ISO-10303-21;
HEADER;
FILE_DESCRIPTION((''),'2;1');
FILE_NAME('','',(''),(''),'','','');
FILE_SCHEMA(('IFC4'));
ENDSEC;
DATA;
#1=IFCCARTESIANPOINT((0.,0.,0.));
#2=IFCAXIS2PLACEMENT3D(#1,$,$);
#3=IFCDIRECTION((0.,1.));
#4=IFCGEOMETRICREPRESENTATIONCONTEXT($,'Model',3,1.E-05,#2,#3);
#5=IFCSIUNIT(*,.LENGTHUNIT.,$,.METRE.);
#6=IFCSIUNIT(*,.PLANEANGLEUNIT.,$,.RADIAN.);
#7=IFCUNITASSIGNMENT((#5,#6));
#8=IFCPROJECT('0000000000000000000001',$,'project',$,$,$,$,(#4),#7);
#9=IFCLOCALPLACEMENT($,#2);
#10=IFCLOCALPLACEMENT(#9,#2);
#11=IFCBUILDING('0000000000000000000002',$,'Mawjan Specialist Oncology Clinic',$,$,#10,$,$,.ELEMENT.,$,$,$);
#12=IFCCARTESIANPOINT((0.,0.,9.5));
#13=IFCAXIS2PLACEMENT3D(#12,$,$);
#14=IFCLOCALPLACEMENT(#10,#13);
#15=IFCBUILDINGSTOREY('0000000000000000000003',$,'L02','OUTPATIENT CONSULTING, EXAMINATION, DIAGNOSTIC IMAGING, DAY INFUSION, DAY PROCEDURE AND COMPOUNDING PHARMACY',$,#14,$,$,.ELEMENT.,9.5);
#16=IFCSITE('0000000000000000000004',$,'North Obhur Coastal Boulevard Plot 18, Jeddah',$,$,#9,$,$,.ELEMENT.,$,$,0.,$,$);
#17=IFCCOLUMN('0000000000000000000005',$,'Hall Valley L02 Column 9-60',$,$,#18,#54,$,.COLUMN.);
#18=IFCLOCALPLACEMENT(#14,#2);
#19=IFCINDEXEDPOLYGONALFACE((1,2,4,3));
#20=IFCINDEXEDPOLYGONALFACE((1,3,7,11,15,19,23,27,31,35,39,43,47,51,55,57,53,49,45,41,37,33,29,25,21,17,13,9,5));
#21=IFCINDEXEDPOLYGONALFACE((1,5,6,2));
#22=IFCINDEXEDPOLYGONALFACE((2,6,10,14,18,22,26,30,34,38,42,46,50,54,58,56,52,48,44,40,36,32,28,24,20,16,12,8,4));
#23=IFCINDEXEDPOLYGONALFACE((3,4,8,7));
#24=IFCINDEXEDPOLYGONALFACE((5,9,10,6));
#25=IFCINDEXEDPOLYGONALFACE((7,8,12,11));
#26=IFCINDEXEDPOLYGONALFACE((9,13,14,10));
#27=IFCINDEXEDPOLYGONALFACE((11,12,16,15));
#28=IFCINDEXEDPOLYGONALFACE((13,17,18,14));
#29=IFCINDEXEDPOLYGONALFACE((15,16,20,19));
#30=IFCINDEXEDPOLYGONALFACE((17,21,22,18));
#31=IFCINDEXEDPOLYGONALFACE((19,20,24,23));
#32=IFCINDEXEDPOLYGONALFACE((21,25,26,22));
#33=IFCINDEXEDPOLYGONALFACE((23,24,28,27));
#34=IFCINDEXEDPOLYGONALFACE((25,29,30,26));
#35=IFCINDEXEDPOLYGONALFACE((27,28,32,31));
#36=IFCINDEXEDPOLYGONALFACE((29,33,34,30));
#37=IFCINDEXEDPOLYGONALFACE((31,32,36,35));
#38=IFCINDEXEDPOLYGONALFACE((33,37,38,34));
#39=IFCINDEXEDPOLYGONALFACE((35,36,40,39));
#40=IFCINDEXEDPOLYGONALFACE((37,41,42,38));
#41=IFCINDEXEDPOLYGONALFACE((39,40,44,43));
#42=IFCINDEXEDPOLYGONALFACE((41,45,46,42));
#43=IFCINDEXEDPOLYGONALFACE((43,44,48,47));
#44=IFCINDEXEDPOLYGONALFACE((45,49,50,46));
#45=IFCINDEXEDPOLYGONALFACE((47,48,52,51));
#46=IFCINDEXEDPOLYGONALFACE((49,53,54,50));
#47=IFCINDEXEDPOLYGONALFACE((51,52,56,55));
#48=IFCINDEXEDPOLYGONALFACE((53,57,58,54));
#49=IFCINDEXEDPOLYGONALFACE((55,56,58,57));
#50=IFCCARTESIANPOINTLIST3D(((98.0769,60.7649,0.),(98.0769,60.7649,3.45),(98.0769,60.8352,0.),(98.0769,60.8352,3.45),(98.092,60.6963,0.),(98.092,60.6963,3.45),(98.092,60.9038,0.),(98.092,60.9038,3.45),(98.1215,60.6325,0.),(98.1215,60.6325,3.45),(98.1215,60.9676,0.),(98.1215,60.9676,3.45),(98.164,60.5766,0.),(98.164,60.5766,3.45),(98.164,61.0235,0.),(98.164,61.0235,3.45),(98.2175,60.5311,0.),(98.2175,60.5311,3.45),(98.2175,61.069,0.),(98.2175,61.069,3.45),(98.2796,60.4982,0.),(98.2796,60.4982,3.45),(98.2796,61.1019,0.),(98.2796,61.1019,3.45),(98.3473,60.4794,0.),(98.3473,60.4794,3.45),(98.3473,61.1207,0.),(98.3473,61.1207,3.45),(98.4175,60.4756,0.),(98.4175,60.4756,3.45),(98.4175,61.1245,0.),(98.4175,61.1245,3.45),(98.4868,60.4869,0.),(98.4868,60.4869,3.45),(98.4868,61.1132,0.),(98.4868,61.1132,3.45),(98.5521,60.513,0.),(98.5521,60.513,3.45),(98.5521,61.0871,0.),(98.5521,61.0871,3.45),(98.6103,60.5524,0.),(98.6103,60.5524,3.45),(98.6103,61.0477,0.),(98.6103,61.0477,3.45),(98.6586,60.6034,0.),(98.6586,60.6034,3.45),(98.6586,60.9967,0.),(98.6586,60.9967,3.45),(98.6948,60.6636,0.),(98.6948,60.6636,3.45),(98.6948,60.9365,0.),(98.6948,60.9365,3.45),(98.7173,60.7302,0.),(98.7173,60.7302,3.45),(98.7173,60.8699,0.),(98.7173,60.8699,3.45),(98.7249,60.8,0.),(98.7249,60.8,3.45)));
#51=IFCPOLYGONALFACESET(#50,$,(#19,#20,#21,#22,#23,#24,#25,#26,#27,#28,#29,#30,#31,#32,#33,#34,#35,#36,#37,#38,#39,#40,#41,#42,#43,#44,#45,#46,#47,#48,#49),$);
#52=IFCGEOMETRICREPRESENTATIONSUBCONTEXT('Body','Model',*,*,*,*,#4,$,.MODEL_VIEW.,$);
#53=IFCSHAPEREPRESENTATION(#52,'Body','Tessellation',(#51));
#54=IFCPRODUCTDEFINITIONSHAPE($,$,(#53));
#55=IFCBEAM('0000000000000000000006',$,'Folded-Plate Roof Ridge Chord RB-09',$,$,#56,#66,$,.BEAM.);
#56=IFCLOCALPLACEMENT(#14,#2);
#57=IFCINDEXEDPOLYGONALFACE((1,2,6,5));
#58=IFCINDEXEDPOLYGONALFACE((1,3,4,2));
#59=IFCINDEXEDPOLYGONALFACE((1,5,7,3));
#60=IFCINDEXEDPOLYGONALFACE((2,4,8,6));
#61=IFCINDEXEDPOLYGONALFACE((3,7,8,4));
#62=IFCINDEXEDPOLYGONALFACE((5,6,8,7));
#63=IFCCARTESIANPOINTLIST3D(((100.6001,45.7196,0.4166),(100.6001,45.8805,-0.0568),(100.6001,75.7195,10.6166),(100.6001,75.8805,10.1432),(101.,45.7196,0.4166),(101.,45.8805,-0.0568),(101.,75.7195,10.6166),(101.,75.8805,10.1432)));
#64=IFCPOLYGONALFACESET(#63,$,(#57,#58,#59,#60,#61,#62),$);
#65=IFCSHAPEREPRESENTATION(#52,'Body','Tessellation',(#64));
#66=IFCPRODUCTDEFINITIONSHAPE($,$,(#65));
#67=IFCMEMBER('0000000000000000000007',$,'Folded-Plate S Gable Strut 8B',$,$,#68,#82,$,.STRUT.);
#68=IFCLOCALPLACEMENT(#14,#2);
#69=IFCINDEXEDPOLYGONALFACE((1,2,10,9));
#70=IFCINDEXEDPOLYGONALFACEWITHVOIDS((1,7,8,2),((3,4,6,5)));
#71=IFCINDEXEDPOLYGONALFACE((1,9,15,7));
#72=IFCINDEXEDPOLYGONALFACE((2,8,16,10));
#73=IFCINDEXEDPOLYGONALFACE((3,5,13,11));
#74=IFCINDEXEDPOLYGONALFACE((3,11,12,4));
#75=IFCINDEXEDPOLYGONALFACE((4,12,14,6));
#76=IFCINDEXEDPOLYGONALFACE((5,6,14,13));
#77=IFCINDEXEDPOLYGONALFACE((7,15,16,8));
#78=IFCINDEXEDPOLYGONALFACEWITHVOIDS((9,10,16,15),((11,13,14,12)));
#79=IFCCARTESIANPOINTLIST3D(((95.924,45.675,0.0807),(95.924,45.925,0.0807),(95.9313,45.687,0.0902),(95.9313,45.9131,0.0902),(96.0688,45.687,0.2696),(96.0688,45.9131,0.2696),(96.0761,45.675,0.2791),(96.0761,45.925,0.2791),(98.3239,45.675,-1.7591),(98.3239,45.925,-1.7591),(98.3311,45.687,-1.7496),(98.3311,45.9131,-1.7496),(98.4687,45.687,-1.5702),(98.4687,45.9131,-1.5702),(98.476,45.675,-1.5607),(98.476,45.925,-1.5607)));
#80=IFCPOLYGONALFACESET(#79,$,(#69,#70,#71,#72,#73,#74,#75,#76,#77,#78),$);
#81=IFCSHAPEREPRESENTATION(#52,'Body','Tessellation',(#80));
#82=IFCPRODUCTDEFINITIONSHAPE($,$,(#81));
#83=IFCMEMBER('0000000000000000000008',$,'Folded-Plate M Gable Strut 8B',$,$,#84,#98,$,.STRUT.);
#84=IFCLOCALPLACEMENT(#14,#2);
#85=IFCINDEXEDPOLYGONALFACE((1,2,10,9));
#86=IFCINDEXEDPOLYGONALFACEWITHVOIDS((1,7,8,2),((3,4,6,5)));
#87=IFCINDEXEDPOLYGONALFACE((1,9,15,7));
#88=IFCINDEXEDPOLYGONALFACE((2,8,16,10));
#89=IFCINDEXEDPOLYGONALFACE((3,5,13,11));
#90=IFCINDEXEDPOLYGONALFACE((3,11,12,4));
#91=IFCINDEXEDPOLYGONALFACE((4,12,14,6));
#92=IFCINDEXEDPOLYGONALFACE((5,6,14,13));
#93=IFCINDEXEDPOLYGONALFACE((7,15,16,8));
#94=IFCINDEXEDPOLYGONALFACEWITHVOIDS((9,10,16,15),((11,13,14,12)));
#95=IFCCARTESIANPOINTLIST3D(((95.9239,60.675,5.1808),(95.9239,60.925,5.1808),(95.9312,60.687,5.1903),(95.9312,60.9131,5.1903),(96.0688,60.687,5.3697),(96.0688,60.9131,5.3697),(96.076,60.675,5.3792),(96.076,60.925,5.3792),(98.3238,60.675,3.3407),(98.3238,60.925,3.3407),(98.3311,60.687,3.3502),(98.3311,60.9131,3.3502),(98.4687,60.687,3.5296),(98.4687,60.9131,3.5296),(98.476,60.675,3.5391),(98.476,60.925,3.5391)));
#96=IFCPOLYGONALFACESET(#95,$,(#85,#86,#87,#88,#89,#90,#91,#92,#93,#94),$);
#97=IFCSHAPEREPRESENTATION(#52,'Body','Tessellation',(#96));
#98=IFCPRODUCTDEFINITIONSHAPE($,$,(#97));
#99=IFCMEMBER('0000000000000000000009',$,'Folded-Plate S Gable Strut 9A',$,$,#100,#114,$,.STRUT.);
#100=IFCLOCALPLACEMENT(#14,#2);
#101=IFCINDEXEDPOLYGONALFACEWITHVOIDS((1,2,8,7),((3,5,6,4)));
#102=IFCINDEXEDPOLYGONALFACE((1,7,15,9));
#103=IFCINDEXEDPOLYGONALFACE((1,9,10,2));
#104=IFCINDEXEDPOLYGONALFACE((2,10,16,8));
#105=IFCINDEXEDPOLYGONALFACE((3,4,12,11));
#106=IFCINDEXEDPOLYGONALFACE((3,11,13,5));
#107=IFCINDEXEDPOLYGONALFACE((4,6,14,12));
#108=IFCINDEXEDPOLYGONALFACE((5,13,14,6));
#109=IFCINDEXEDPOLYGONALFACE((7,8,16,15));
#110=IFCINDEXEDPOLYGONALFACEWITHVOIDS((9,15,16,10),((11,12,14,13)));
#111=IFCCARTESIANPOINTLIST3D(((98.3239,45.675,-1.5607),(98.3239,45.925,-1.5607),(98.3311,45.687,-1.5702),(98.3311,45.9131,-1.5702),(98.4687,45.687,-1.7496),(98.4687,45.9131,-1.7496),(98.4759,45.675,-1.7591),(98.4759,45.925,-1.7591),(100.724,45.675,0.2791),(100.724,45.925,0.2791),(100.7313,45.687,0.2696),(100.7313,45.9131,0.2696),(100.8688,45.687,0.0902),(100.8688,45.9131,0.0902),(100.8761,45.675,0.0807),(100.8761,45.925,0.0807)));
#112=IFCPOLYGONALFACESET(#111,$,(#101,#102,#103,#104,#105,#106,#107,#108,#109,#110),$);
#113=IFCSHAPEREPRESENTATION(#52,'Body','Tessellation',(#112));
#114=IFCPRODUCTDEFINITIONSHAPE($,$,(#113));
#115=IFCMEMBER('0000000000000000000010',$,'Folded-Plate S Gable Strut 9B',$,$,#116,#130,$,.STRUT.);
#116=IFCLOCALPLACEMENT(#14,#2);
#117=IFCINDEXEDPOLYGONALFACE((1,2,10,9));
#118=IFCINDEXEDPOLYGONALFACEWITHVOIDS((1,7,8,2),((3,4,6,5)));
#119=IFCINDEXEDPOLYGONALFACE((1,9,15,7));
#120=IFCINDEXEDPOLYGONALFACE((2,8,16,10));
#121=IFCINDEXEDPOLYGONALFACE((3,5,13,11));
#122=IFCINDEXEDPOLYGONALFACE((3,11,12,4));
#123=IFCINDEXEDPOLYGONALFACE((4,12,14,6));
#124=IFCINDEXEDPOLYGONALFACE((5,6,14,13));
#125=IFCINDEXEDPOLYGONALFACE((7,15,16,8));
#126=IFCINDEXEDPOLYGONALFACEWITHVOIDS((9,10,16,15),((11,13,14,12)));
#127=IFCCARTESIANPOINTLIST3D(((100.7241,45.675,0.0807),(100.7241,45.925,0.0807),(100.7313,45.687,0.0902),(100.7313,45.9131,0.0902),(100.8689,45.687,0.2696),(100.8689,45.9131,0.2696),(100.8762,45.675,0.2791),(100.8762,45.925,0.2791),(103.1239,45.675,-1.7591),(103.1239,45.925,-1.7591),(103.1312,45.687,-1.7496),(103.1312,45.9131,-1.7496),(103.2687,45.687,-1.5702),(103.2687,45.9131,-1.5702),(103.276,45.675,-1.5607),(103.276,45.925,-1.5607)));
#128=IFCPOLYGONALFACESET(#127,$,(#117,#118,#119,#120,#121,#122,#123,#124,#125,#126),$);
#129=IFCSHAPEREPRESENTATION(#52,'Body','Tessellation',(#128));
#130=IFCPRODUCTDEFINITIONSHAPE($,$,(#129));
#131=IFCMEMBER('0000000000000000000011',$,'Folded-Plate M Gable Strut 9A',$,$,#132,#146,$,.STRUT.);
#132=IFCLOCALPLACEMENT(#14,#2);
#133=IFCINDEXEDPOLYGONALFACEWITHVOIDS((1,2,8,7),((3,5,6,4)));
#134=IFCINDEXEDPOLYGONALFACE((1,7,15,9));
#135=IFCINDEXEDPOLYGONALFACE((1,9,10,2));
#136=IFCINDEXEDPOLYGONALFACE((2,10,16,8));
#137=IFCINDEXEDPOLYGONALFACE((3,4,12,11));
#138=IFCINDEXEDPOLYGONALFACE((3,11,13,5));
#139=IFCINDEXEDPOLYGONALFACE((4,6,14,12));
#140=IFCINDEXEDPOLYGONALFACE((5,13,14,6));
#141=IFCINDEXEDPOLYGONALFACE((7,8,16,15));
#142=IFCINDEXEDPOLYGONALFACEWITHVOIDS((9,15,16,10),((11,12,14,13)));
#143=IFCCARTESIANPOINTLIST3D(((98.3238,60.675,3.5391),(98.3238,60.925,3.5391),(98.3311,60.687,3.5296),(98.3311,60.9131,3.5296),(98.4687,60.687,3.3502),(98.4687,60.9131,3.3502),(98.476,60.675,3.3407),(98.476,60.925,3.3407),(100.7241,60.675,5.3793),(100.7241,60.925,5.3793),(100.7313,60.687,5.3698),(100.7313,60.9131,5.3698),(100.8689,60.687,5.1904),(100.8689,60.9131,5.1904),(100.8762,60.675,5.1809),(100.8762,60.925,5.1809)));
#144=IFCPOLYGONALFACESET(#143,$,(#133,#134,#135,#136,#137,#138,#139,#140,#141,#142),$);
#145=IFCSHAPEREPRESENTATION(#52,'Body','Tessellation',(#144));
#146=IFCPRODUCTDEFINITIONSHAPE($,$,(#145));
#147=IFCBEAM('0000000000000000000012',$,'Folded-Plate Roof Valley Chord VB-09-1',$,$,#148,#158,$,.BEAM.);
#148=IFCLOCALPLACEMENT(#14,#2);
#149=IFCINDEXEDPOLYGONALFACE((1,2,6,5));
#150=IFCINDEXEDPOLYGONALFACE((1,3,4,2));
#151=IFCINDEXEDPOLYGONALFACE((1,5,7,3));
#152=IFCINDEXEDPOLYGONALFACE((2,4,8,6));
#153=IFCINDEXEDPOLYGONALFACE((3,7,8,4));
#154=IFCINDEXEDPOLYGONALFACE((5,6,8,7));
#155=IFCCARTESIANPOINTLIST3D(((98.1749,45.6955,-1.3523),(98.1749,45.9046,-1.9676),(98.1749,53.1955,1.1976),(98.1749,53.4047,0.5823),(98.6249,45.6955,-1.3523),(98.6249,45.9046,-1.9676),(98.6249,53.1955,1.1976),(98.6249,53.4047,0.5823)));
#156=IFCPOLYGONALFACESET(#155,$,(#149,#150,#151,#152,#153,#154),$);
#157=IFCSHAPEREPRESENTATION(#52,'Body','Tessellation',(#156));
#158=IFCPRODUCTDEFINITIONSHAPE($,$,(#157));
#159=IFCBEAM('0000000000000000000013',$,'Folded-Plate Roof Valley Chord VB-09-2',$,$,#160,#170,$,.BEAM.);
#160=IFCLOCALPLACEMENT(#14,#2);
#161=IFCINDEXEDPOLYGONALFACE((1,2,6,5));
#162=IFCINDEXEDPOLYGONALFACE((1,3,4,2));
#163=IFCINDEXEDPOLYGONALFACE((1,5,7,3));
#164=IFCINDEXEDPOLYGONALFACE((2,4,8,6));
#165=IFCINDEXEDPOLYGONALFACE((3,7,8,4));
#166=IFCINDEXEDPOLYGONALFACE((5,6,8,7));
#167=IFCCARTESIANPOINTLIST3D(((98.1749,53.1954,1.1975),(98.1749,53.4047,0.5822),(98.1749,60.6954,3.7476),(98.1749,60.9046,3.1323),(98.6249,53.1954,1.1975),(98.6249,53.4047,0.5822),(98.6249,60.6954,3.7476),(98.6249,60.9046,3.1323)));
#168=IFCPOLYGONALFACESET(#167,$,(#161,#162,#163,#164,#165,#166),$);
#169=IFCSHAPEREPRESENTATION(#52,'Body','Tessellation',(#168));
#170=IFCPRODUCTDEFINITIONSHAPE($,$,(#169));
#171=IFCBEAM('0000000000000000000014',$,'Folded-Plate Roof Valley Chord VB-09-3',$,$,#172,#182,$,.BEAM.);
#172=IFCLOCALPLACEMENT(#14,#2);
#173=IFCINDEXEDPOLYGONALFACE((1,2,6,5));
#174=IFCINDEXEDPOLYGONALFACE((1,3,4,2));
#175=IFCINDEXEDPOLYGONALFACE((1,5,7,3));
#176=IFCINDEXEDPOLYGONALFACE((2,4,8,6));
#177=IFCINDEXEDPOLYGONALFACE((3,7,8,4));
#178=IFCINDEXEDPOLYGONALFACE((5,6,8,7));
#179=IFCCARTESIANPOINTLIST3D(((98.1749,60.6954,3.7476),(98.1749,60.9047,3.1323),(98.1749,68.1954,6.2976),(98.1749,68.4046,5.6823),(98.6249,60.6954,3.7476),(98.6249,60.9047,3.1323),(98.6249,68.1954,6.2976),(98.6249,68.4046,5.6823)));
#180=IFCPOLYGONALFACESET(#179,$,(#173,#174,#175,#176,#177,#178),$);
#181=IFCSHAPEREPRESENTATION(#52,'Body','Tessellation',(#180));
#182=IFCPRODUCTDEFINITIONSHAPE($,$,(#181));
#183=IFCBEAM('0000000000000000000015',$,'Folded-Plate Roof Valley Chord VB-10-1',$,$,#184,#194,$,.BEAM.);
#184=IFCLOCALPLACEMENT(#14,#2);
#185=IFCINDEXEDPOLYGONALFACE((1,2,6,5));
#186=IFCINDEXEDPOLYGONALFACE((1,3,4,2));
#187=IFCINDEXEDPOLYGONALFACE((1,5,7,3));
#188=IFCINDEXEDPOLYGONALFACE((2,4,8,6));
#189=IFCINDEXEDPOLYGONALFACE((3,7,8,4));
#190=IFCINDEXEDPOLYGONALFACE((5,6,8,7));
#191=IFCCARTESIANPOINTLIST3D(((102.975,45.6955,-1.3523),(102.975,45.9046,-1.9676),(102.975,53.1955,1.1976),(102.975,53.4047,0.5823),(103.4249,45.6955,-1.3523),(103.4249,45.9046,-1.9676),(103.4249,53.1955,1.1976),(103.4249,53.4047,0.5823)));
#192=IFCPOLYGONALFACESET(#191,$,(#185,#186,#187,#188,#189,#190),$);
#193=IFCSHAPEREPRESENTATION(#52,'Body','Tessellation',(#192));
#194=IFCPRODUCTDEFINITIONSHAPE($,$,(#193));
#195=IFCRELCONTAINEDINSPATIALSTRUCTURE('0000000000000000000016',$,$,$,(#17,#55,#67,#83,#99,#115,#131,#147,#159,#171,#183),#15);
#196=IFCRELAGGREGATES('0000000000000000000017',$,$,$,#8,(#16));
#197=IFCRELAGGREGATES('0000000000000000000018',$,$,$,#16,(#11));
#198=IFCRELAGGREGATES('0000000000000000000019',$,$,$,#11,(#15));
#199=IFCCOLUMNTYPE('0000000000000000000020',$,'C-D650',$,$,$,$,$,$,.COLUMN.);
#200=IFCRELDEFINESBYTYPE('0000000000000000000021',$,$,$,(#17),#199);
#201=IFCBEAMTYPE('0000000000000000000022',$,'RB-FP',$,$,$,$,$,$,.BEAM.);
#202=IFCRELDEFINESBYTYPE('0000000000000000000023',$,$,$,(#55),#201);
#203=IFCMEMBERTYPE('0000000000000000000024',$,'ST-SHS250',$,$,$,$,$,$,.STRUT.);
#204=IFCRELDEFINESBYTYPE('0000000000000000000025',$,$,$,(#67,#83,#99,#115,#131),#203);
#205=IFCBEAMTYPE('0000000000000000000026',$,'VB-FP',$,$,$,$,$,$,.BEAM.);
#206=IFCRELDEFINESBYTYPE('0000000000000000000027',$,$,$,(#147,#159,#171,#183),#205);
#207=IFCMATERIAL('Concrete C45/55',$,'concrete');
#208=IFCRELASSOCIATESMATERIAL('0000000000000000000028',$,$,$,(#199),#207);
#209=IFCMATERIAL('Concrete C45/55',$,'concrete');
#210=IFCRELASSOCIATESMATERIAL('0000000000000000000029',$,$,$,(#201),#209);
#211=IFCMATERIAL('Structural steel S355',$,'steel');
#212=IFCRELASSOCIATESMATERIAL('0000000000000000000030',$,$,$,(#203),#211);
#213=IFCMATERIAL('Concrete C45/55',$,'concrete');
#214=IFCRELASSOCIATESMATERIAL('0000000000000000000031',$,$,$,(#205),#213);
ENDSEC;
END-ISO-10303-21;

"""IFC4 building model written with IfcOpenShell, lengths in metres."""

from ifc_helpers import new_model, si_unit, direction, frame, origin, origin_2d, place, context, subcontext, project, spatial, rectangle, hollow_rectangle, circle, extrude, material, material_profile, profile_set, type_object, element, save


model = new_model("IFC4")

# Units and contexts
model_context = context("Model", 3, precision=1e-05, world=origin(), true_north=direction((0.0, 1.0)))
body_context = subcontext(model_context, "Body", "Model", "MODEL_VIEW")
ifc_project = project(units=[si_unit("LENGTHUNIT", "METRE"), si_unit("PLANEANGLEUNIT", "RADIAN")], contexts=[model_context])

# Site, building, storey
site_placement = place(None, origin())
site = spatial("IfcSite", under=ifc_project, at=site_placement, Name="North Obhur Coastal Boulevard Plot 18, Jeddah", CompositionType="ELEMENT", RefElevation=0.0)
building_placement = place(site_placement, origin())
building = spatial("IfcBuilding", under=site, at=building_placement, Name="Mawjan Specialist Oncology Clinic", CompositionType="ELEMENT")
storey_placement = place(building_placement, frame((0.0, 0.0, 9.5)))
storey = spatial("IfcBuildingStorey", under=building, at=storey_placement, Name="L02", Description="OUTPATIENT CONSULTING, EXAMINATION, DIAGNOSTIC IMAGING, DAY INFUSION, DAY PROCEDURE AND COMPOUNDING PHARMACY", CompositionType="ELEMENT", Elevation=9.5)

# Column
ifc_material_1 = material(Name="Concrete C45/55", Category="concrete")
ifc_material_profile_1 = material_profile(ifc_material_1, circle(Radius=0.325, at=origin_2d()), Name="RC COL D650", Category="concrete")
ifc_profile_set_1 = profile_set([ifc_material_profile_1], Name="Concrete C45/55")
column_type = type_object("IfcColumnType", Name="C-D650", PredefinedType="COLUMN", material=ifc_profile_set_1)
column_placement = place(storey_placement, frame((98.3999, 60.8, 0.0), z_axis=(0.0, 0.0, 1.0), x_axis=(1.0, 0.0, 0.0)))
element("IfcColumn", 1, at=column_placement, inside=storey, type_object=column_type, Name="Hall Valley L02 Column 9-60", PredefinedType="COLUMN", context=body_context, shape_type="SweptSolid", body=[
    extrude(circle(Radius=0.325, at=origin_2d()), origin(), (0.0, 0.0, 1.0), 3.45),
])

# Beam
ifc_material_2 = material(Name="Concrete C45/55", Category="concrete")
ifc_material_profile_2 = material_profile(ifc_material_2, rectangle(XDim=0.3999, YDim=0.5, at=origin_2d()), Name="RC CHORD 400x500", Category="concrete")
ifc_profile_set_2 = profile_set([ifc_material_profile_2], Name="Concrete C45/55")
beam_type_1 = type_object("IfcBeamType", Name="RB-FP", PredefinedType="BEAM", material=ifc_profile_set_2)
beam_placement = place(storey_placement, frame((100.8, 45.8, 0.1799), z_axis=(0.0, 0.946773, 0.321901), x_axis=(-1.0, 0.0, 0.0)))
element("IfcBeam", 2, at=beam_placement, inside=storey, type_object=beam_type_1, Name="Folded-Plate Roof Ridge Chord RB-09", PredefinedType="BEAM", context=body_context, shape_type="SweptSolid", body=[
    extrude(rectangle(XDim=0.3999, YDim=0.5, at=origin_2d()), origin(), (0.0, 0.0, 1.0), 31.6865),
])

# Members
ifc_material_3 = material(Name="Structural steel S355", Category="steel")
ifc_material_profile_3 = material_profile(ifc_material_3, hollow_rectangle(XDim=0.25, YDim=0.25, WallThickness=0.012, at=origin_2d()), Name="SHS 250x250x12", Category="steel")
ifc_profile_set_3 = profile_set([ifc_material_profile_3], Name="Structural steel S355")
member_type = type_object("IfcMemberType", Name="ST-SHS250", PredefinedType="STRUT", material=ifc_profile_set_3)
member_1_placement = place(storey_placement, frame((98.3999, 45.8, -1.6599), z_axis=(-0.793619, 0.0, 0.608415), x_axis=(0.0, -1.0, 0.0)))
element("IfcMember", 3, at=member_1_placement, inside=storey, type_object=member_type, Name="Folded-Plate S Gable Strut 8B", PredefinedType="STRUT", context=body_context, shape_type="SweptSolid", body=[
    extrude(hollow_rectangle(XDim=0.25, YDim=0.25, WallThickness=0.012, at=origin_2d()), origin(), (0.0, 0.0, 1.0), 3.0239),
])
for number, where, z_axis, x_axis, name in (
    (4, (98.3999, 60.8, 3.4399), (-0.79358, 0.0, 0.608465), (0.0, -1.0, 0.0), "Folded-Plate M Gable Strut 8B"),
    (5, (98.3999, 45.8, -1.6599), (0.793649, 0.0, 0.608376), (0.0, 1.0, 0.0), "Folded-Plate S Gable Strut 9A"),
):
    element("IfcMember", number, at=place(storey_placement, frame(where, z_axis=z_axis, x_axis=x_axis)), inside=storey, type_object=member_type, Name=name, PredefinedType="STRUT", context=body_context, shape_type="SweptSolid", body=[
        extrude(hollow_rectangle(XDim=0.25, YDim=0.25, WallThickness=0.012, at=origin_2d()), origin(), (0.0, 0.0, 1.0), 3.0242),
    ])
member_2_placement = place(storey_placement, frame((103.2, 45.8, -1.6599), z_axis=(-0.793619, 0.0, 0.608415), x_axis=(0.0, -1.0, 0.0)))
element("IfcMember", 6, at=member_2_placement, inside=storey, type_object=member_type, Name="Folded-Plate S Gable Strut 9B", PredefinedType="STRUT", context=body_context, shape_type="SweptSolid", body=[
    extrude(hollow_rectangle(XDim=0.25, YDim=0.25, WallThickness=0.012, at=origin_2d()), origin(), (0.0, 0.0, 1.0), 3.0239),
])
member_3_placement = place(storey_placement, frame((98.3999, 60.8, 3.4399), z_axis=(0.79361, 0.0, 0.608426), x_axis=(0.0, 1.0, 0.0)))
element("IfcMember", 7, at=member_3_placement, inside=storey, type_object=member_type, Name="Folded-Plate M Gable Strut 9A", PredefinedType="STRUT", context=body_context, shape_type="SweptSolid", body=[
    extrude(hollow_rectangle(XDim=0.25, YDim=0.25, WallThickness=0.012, at=origin_2d()), origin(), (0.0, 0.0, 1.0), 3.0244),
])

# Beams
ifc_material_4 = material(Name="Concrete C45/55", Category="concrete")
ifc_material_profile_4 = material_profile(ifc_material_4, rectangle(XDim=0.45, YDim=0.6499, at=origin_2d()), Name="RC VALLEY 450x650", Category="concrete")
ifc_profile_set_4 = profile_set([ifc_material_profile_4], Name="Concrete C45/55")
beam_type_2 = type_object("IfcBeamType", Name="VB-FP", PredefinedType="BEAM", material=ifc_profile_set_4)
for number, where, z_axis, x_axis, name in (
    (8, (98.3999, 45.8, -1.6599), (0.0, 0.94678, 0.321881), (-1.0, 0.0, 0.0), "Folded-Plate Roof Valley Chord VB-09-1"),
    (9, (98.3999, 53.3, 0.8899), (0.0, 0.946771, 0.321908), (-1.0, 0.0, 0.0), "Folded-Plate Roof Valley Chord VB-09-2"),
    (10, (98.3999, 60.8, 3.4399), (0.0, 0.946771, 0.321908), (-1.0, 0.0, 0.0), "Folded-Plate Roof Valley Chord VB-09-3"),
    (11, (103.2, 45.8, -1.6599), (0.0, 0.94678, 0.321881), (-1.0, 0.0, 0.0), "Folded-Plate Roof Valley Chord VB-10-1"),
):
    element("IfcBeam", number, at=place(storey_placement, frame(where, z_axis=z_axis, x_axis=x_axis)), inside=storey, type_object=beam_type_2, Name=name, PredefinedType="BEAM", context=body_context, shape_type="SweptSolid", body=[
        extrude(rectangle(XDim=0.45, YDim=0.6499, at=origin_2d()), origin(), (0.0, 0.0, 1.0), 7.9216),
    ])

save(model, "model.ifc")
